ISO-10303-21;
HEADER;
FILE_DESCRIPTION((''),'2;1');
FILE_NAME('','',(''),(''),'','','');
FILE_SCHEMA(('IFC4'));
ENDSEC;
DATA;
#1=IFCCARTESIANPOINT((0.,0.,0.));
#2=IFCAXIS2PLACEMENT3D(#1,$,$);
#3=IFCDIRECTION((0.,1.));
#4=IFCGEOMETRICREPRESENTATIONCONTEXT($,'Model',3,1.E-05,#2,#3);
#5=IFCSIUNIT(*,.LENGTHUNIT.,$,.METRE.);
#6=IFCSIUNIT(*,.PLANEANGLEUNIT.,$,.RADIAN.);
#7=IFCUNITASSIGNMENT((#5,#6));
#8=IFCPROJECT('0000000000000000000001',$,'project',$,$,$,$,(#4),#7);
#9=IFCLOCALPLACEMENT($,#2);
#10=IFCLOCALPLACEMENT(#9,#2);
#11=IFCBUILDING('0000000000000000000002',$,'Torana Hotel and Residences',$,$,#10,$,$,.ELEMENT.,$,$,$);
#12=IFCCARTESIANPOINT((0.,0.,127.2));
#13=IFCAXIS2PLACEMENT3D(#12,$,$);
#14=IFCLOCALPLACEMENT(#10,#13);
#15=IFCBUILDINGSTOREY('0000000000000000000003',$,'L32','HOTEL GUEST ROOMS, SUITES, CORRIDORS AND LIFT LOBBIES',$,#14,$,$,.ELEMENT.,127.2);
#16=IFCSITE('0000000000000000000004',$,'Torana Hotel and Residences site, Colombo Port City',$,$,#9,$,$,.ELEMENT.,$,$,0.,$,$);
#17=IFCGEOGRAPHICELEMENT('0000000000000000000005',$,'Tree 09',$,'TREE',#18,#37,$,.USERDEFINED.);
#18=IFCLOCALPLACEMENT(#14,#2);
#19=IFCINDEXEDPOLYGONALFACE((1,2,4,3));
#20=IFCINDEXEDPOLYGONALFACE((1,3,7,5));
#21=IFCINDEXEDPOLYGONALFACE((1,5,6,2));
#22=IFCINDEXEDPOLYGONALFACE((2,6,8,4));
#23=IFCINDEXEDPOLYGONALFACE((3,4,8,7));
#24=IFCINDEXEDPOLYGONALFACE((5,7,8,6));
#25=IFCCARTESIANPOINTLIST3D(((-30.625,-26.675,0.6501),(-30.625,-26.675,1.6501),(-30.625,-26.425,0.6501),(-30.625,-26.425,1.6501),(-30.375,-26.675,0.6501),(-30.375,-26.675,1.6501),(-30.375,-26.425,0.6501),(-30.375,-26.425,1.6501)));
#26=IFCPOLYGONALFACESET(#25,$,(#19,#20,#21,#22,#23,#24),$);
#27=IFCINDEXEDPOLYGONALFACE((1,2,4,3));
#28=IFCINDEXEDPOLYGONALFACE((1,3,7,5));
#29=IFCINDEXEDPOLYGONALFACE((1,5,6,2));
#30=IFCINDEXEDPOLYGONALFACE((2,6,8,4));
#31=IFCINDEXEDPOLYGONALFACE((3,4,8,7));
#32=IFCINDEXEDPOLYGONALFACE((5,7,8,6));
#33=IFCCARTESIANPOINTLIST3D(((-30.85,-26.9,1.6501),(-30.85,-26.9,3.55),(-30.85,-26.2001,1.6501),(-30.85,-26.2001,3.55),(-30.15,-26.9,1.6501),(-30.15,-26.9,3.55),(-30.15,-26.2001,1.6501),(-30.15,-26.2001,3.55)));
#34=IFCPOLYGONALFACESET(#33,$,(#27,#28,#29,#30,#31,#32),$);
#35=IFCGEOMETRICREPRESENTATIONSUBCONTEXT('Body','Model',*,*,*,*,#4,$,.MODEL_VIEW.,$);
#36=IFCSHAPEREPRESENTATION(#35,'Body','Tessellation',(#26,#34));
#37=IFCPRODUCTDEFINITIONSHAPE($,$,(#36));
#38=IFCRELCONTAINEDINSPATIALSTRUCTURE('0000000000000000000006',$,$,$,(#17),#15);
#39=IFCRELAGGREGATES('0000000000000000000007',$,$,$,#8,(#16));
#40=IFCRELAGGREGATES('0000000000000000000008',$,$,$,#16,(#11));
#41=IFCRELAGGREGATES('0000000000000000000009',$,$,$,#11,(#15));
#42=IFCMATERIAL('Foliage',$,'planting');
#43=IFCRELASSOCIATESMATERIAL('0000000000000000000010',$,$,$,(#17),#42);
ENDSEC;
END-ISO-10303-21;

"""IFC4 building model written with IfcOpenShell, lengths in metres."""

from ifc_helpers import new_model, si_unit, direction, frame, origin, origin_2d, place, context, subcontext, project, spatial, rectangle, extrude, material, element, save


model = new_model("IFC4")

# Units and contexts
model_context = context("Model", 3, precision=1e-05, world=origin(), true_north=direction((0.0, 1.0)))
body_context = subcontext(model_context, "Body", "Model", "MODEL_VIEW")
ifc_project = project(units=[si_unit("LENGTHUNIT", "METRE"), si_unit("PLANEANGLEUNIT", "RADIAN")], contexts=[model_context])

# Site, building, storey
site_placement = place(None, origin())
site = spatial("IfcSite", under=ifc_project, at=site_placement, Name="Torana Hotel and Residences site, Colombo Port City", CompositionType="ELEMENT", RefElevation=0.0)
building_placement = place(site_placement, origin())
building = spatial("IfcBuilding", under=site, at=building_placement, Name="Torana Hotel and Residences", CompositionType="ELEMENT")
storey_placement = place(building_placement, frame((0.0, 0.0, 127.2)))
storey = spatial("IfcBuildingStorey", under=building, at=storey_placement, Name="L32", Description="HOTEL GUEST ROOMS, SUITES, CORRIDORS AND LIFT LOBBIES", CompositionType="ELEMENT", Elevation=127.2)

# Geographic element
ifc_material_1 = material(Name="Foliage", Category="planting")
geographic_element_placement = place(storey_placement, frame((-30.5, -26.55, 0.6501), z_axis=(0.0, 0.0, 1.0), x_axis=(1.0, 0.0, 0.0)))
element("IfcGeographicElement", 1, at=geographic_element_placement, inside=storey, material=ifc_material_1, Name="Tree 09", ObjectType="TREE", PredefinedType="USERDEFINED", context=body_context, shape_type="SweptSolid", body=[
    extrude(rectangle(XDim=0.25, YDim=0.25, at=origin_2d()), origin(), (0.0, 0.0, 1.0), 1.0),
    extrude(rectangle(XDim=0.7, YDim=0.7, at=origin_2d()), frame((0.0, 0.0, 1.0)), (0.0, 0.0, 1.0), 1.8999),
])

save(model, "model.ifc")
